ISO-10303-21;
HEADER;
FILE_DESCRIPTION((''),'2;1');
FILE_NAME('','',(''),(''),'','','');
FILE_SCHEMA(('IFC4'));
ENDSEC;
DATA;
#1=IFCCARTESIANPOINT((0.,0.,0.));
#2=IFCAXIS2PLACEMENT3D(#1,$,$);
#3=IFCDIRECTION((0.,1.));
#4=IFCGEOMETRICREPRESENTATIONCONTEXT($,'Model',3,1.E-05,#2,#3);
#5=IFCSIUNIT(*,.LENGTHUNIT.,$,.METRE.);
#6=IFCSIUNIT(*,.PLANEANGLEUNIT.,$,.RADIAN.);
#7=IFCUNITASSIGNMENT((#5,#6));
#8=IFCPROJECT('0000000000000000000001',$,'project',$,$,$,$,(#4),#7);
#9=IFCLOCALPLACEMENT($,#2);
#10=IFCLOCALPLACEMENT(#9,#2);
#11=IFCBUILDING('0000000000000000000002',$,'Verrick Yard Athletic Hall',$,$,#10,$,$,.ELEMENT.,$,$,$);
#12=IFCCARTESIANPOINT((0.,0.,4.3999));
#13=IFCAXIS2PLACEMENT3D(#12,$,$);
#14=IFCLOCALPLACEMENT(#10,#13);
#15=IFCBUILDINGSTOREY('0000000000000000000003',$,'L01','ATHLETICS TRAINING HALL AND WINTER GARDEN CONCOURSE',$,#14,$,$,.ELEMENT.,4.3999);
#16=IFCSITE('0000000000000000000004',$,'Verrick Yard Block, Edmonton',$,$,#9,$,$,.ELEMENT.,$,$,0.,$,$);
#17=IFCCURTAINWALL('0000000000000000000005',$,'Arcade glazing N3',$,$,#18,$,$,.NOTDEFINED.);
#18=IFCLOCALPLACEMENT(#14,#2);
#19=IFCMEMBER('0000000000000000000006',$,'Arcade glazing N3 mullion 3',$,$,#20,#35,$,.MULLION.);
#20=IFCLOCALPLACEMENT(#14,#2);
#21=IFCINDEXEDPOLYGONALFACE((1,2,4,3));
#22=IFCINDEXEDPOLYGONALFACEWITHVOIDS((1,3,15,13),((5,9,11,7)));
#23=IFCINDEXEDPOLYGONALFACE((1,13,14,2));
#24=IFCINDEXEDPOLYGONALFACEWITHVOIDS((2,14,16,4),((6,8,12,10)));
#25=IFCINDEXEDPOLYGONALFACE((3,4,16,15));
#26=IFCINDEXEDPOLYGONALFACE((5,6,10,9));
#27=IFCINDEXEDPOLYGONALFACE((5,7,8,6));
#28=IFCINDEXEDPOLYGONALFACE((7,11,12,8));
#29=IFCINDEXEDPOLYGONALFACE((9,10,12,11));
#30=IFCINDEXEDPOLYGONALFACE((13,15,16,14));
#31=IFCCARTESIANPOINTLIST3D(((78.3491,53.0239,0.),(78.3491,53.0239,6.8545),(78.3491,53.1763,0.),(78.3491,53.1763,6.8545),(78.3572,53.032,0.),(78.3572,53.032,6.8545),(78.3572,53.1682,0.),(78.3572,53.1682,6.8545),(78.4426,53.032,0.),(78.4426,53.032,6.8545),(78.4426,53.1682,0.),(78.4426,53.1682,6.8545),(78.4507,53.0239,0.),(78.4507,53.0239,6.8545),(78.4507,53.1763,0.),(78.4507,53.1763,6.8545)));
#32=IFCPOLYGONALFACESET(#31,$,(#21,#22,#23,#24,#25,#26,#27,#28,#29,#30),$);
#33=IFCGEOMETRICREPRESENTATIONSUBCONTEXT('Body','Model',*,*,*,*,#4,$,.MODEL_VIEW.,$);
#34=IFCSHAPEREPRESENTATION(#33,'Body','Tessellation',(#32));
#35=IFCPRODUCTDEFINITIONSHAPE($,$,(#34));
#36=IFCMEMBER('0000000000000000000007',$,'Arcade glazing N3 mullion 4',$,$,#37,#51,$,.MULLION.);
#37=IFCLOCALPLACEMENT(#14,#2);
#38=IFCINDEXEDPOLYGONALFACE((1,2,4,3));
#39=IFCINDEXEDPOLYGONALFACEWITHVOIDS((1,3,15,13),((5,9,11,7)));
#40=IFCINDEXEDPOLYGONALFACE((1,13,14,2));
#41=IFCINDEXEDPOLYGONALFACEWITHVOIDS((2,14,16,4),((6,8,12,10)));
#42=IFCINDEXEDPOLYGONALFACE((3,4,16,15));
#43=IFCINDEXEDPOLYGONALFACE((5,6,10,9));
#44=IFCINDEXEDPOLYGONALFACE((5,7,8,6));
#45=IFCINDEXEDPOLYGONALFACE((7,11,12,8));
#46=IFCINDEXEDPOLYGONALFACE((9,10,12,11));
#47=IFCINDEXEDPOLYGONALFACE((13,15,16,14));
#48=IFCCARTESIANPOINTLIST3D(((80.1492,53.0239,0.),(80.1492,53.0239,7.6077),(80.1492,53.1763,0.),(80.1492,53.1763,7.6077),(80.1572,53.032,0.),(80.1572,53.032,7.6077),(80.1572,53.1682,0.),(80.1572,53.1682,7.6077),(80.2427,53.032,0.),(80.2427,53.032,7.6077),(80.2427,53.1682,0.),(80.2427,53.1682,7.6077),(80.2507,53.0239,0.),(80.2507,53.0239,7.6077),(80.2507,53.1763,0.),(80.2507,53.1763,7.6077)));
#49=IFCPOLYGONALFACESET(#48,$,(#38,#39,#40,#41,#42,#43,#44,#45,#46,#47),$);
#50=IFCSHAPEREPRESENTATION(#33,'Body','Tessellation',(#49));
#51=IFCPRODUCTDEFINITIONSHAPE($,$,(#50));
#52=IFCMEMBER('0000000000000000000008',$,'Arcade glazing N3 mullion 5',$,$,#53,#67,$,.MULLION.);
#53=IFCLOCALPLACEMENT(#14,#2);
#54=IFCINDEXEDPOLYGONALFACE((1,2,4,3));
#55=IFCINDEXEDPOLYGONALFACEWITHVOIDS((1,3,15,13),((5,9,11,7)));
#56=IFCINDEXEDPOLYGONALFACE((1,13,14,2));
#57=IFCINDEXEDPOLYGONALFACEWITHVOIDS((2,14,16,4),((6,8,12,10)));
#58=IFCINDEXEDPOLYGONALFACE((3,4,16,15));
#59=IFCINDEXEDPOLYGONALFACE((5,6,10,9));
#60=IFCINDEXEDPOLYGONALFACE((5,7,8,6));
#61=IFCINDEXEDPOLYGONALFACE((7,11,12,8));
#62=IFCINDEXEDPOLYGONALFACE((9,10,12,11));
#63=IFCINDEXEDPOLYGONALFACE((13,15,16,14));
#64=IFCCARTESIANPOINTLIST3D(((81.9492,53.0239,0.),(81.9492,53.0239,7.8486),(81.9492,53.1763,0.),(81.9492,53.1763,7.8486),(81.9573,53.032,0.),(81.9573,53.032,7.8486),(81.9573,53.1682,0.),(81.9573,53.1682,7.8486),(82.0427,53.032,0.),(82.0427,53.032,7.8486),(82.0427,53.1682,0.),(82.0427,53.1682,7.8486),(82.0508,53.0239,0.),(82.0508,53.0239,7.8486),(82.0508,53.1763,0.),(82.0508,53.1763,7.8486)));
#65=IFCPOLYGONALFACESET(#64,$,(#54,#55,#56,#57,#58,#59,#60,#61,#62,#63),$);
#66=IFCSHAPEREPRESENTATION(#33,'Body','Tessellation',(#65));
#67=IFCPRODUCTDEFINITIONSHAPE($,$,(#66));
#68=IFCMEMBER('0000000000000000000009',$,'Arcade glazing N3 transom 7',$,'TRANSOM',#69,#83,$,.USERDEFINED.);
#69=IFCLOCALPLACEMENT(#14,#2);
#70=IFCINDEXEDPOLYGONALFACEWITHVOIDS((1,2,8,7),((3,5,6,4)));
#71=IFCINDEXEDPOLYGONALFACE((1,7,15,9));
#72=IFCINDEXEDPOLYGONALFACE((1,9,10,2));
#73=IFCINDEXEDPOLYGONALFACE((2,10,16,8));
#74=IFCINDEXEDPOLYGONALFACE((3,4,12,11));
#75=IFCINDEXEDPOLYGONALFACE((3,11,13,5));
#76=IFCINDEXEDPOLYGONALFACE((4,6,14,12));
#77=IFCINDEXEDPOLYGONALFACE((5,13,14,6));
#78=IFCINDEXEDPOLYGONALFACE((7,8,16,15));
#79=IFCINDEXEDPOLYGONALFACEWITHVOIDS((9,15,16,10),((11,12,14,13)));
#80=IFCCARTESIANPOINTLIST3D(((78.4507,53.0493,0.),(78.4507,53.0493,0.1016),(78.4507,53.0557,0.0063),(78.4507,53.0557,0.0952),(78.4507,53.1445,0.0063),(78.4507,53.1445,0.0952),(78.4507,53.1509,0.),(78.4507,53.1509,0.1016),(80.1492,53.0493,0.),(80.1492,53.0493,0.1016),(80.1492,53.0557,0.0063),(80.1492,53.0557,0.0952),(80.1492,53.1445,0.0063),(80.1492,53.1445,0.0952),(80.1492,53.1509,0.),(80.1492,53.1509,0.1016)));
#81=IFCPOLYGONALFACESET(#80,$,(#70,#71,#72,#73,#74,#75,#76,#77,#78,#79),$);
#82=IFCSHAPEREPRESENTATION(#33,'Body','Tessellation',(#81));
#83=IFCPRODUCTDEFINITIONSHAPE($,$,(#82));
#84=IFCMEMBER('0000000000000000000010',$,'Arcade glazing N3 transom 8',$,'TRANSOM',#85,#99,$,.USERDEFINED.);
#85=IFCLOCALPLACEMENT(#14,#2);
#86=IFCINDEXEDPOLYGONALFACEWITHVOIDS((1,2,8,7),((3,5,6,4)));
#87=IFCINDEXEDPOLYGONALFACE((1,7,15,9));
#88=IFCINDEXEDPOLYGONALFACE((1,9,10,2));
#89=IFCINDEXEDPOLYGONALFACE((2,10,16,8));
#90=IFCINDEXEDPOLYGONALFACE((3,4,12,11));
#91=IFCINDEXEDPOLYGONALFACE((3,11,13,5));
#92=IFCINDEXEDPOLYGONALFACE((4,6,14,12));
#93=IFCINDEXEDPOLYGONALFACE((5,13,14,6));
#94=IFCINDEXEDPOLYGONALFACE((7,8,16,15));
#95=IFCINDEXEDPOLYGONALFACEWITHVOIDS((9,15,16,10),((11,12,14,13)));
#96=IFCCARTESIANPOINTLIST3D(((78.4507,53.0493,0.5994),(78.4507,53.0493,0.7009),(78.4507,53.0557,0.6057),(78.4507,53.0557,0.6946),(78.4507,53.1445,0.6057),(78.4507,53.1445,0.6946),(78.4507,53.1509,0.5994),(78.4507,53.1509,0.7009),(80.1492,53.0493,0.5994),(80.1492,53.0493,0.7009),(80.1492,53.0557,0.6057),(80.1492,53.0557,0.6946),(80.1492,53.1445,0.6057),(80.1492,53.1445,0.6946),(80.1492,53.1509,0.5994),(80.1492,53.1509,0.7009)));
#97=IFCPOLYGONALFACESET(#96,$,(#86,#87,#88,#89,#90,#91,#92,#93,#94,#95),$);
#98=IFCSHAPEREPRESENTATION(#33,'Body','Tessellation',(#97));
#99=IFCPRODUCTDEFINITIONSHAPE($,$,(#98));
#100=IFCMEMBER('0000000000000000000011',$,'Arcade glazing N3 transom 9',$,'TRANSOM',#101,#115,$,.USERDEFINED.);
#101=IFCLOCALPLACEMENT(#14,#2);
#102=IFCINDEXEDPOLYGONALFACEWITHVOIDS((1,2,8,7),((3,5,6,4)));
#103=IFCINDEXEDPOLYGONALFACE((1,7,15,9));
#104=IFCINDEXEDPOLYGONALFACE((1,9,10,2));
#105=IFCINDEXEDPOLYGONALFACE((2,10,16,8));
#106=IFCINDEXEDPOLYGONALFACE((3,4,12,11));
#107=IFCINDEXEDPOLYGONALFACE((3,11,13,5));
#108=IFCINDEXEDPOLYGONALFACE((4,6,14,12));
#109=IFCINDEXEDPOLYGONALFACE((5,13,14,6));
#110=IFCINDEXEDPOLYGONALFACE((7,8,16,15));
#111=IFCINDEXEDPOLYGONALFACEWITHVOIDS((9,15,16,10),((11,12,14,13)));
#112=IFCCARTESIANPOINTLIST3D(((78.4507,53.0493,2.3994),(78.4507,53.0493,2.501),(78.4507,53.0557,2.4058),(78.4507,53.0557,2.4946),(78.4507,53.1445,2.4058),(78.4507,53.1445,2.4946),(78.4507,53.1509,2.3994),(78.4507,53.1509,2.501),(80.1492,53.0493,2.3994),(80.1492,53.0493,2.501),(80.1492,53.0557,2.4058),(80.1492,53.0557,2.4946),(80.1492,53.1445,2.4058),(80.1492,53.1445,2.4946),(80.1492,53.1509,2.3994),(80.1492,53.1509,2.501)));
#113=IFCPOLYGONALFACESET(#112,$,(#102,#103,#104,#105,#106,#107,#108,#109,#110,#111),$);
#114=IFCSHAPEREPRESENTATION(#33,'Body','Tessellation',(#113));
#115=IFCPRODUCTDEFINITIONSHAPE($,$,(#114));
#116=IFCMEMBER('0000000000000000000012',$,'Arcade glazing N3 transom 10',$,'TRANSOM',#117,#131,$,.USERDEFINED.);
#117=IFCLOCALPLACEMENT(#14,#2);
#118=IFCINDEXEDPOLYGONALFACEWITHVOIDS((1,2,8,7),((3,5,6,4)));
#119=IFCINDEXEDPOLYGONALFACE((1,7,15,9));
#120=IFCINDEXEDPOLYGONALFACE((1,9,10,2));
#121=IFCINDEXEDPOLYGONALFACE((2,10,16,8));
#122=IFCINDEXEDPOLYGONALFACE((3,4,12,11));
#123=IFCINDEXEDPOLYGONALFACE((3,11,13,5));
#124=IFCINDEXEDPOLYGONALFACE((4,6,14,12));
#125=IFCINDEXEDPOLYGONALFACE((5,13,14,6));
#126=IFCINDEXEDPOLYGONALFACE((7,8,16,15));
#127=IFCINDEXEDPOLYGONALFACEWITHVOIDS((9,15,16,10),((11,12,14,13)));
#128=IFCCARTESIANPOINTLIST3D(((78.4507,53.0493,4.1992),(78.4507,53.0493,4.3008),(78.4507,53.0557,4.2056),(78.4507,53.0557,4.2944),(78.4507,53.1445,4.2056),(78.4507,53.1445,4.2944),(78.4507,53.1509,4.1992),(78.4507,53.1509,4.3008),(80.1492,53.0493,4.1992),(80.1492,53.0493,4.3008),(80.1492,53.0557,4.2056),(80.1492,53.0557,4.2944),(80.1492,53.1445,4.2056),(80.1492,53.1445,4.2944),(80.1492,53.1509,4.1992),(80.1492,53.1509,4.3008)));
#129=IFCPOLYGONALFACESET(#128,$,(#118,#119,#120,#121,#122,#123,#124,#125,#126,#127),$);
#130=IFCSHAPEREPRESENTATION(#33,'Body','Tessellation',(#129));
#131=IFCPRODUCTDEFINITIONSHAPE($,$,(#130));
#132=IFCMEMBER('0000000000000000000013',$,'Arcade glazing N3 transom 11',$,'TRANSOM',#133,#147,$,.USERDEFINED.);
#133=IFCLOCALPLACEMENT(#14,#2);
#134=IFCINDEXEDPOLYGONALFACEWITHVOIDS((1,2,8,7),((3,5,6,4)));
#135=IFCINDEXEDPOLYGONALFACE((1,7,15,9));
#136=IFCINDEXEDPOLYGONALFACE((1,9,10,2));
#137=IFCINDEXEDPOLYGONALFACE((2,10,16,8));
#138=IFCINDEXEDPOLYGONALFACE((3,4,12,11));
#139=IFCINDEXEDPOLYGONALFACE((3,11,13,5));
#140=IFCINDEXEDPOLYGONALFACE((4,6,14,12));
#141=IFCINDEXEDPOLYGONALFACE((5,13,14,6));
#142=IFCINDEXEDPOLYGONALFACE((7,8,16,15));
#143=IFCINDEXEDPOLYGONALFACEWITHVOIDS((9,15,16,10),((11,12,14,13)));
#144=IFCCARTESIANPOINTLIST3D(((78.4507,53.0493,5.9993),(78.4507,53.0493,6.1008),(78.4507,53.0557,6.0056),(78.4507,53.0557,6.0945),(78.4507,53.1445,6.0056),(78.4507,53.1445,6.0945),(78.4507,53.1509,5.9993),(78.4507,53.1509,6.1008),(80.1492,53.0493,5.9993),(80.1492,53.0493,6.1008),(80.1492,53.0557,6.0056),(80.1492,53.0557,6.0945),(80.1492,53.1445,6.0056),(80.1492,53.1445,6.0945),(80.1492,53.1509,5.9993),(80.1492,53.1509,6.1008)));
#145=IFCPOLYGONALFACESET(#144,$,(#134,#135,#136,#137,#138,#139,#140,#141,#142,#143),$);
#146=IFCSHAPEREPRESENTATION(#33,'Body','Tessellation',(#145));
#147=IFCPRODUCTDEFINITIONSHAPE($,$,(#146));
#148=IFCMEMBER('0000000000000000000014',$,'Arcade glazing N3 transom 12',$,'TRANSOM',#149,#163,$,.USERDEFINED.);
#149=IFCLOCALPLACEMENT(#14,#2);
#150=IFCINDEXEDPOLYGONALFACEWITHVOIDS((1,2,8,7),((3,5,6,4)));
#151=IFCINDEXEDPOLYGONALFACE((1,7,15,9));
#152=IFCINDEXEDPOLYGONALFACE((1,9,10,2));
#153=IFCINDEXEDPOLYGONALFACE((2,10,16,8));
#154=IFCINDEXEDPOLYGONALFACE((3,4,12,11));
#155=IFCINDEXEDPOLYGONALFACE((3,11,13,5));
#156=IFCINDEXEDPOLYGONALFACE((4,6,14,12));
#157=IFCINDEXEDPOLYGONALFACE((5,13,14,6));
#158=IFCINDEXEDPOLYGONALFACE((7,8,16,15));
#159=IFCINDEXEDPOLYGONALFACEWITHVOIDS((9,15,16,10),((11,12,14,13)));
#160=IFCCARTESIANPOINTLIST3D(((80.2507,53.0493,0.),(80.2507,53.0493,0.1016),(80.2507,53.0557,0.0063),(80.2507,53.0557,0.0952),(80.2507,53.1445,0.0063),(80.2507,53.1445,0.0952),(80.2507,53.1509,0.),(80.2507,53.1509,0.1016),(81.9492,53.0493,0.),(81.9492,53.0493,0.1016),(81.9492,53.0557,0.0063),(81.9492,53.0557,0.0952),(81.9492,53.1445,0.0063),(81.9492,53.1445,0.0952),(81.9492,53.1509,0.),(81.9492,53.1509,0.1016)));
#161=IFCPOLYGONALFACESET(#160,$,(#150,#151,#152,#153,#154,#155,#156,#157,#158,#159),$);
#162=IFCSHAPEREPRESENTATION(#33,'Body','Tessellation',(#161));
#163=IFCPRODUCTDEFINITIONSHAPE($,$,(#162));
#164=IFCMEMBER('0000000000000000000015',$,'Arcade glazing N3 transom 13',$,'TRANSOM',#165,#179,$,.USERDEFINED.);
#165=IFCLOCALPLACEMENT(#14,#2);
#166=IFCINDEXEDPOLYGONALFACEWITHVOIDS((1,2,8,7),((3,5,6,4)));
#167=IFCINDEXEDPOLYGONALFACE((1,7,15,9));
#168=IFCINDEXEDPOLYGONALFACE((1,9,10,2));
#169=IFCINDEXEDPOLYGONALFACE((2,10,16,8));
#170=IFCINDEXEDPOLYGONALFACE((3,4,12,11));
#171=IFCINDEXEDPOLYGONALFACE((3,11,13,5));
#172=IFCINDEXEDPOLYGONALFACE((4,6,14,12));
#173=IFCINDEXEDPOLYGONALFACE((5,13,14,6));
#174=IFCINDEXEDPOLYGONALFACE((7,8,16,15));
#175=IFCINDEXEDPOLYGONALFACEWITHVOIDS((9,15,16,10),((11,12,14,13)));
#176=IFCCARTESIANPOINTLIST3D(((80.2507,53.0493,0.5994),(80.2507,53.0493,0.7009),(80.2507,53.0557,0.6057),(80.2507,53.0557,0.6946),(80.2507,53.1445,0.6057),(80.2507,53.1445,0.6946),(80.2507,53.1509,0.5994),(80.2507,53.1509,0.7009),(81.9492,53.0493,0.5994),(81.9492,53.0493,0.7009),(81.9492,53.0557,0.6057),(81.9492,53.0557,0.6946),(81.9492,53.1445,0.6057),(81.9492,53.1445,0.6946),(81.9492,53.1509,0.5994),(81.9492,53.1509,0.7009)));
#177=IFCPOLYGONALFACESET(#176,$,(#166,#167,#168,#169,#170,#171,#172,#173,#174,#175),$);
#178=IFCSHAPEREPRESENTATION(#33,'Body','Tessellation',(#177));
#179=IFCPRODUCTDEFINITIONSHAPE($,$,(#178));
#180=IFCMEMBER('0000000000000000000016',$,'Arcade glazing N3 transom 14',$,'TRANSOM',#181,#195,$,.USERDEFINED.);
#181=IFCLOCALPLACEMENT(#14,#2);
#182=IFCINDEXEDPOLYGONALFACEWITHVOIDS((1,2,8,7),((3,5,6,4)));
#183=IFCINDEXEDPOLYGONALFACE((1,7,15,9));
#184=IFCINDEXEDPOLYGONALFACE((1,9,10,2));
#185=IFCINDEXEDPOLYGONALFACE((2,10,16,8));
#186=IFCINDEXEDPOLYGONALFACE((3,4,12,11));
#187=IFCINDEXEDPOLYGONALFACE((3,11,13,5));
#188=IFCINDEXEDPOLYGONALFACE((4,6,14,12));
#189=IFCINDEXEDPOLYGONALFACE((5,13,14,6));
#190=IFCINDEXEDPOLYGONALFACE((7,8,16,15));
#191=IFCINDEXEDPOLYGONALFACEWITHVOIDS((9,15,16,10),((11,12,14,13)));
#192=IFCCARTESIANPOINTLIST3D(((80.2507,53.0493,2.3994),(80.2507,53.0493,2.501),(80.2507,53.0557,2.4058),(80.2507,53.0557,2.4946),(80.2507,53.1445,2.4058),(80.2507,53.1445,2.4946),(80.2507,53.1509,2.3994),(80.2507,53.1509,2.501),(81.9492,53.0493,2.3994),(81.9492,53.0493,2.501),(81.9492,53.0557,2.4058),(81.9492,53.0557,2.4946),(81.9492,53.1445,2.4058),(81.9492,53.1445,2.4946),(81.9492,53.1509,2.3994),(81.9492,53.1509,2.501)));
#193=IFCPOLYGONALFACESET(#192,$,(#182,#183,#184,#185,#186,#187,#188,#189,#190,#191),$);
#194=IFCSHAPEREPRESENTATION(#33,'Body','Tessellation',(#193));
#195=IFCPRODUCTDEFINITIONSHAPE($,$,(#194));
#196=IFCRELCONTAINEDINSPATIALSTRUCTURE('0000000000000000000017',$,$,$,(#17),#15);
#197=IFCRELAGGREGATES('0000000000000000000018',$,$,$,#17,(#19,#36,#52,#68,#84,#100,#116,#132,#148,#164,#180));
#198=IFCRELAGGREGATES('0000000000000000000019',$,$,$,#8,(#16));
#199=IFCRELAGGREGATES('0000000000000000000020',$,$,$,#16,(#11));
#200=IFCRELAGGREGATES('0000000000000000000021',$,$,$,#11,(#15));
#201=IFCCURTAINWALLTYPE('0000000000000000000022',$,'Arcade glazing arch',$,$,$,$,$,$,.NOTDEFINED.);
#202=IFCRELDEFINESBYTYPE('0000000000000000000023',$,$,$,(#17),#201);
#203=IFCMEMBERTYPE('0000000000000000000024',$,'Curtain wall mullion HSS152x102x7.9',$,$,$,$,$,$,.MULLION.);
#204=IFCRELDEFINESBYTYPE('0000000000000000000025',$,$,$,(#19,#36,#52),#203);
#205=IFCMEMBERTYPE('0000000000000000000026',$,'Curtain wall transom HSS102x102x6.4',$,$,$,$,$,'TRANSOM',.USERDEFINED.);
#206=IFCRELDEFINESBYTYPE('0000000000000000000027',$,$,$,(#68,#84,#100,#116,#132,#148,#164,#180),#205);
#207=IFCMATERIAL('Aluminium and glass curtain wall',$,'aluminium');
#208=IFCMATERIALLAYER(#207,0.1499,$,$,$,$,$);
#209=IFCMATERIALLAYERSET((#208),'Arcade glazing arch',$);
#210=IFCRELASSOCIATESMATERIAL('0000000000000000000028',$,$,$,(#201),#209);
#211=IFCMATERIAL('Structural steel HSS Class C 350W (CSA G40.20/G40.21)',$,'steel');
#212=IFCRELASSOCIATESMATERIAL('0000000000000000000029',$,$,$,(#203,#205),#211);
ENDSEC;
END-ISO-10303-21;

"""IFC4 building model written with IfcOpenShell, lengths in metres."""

from ifc_helpers import new_model, si_unit, direction, frame, origin, origin_2d, place, context, subcontext, project, spatial, hollow_rectangle, extrude, material, layer, layer_set, material_profile, profile_set, type_object, element, aggregate, save


model = new_model("IFC4")

# Units and contexts
model_context = context("Model", 3, precision=1e-05, world=origin(), true_north=direction((0.0, 1.0)))
body_context = subcontext(model_context, "Body", "Model", "MODEL_VIEW")
ifc_project = project(units=[si_unit("LENGTHUNIT", "METRE"), si_unit("PLANEANGLEUNIT", "RADIAN")], contexts=[model_context])

# Site, building, storey
site_placement = place(None, origin())
site = spatial("IfcSite", under=ifc_project, at=site_placement, Name="Verrick Yard Block, Edmonton", CompositionType="ELEMENT", RefElevation=0.0)
building_placement = place(site_placement, origin())
building = spatial("IfcBuilding", under=site, at=building_placement, Name="Verrick Yard Athletic Hall", CompositionType="ELEMENT")
storey_placement = place(building_placement, frame((0.0, 0.0, 4.3999)))
storey = spatial("IfcBuildingStorey", under=building, at=storey_placement, Name="L01", Description="ATHLETICS TRAINING HALL AND WINTER GARDEN CONCOURSE", CompositionType="ELEMENT", Elevation=4.3999)

# Curtain wall, members
ifc_material_1 = material(Name="Aluminium and glass curtain wall", Category="aluminium")
ifc_layer_1 = layer(ifc_material_1, 0.1499)
ifc_layer_set_1 = layer_set([ifc_layer_1], Name="Arcade glazing arch")
curtain_wall_type = type_object("IfcCurtainWallType", Name="Arcade glazing arch", PredefinedType="NOTDEFINED", material=ifc_layer_set_1)
curtain_wall_placement = place(storey_placement, origin())
curtain_wall = element("IfcCurtainWall", 1, at=curtain_wall_placement, inside=storey, type_object=curtain_wall_type, Name="Arcade glazing N3", PredefinedType="NOTDEFINED")
ifc_material_2 = material(Name="Structural steel HSS Class C 350W (CSA G40.20/G40.21)", Category="steel")
ifc_material_profile_1 = material_profile(ifc_material_2, hollow_rectangle(XDim=0.1016, YDim=0.1523, WallThickness=0.0081, at=origin_2d()), Name="HSS152x102x7.9")
ifc_profile_set_1 = profile_set([ifc_material_profile_1], Name="Structural steel HSS Class C 350W (CSA G40.20/G40.21)")
member_type_1 = type_object("IfcMemberType", Name="Curtain wall mullion HSS152x102x7.9", PredefinedType="MULLION", material=ifc_profile_set_1)
member_1_placement = place(storey_placement, frame((78.3999, 53.1001, 0.0), z_axis=(0.0, 0.0, 1.0), x_axis=(1.0, 0.0, 0.0)))
member_1 = element("IfcMember", 2, at=member_1_placement, type_object=member_type_1, Name="Arcade glazing N3 mullion 3", PredefinedType="MULLION", context=body_context, shape_type="SweptSolid", body=[
    extrude(hollow_rectangle(XDim=0.1016, YDim=0.1523, WallThickness=0.0081, at=origin_2d()), origin(), (0.0, 0.0, 1.0), 6.8545),
])
member_2_placement = place(storey_placement, frame((80.2, 53.1001, 0.0), z_axis=(0.0, 0.0, 1.0), x_axis=(1.0, 0.0, 0.0)))
member_2 = element("IfcMember", 3, at=member_2_placement, type_object=member_type_1, Name="Arcade glazing N3 mullion 4", PredefinedType="MULLION", context=body_context, shape_type="SweptSolid", body=[
    extrude(hollow_rectangle(XDim=0.1016, YDim=0.1523, WallThickness=0.0081, at=origin_2d()), origin(), (0.0, 0.0, 1.0), 7.6077),
])
member_3_placement = place(storey_placement, frame((82.0, 53.1001, 0.0), z_axis=(0.0, 0.0, 1.0), x_axis=(1.0, 0.0, 0.0)))
member_3 = element("IfcMember", 4, at=member_3_placement, type_object=member_type_1, Name="Arcade glazing N3 mullion 5", PredefinedType="MULLION", context=body_context, shape_type="SweptSolid", body=[
    extrude(hollow_rectangle(XDim=0.1016, YDim=0.1523, WallThickness=0.0081, at=origin_2d()), origin(), (0.0, 0.0, 1.0), 7.8486),
])
ifc_material_profile_2 = material_profile(ifc_material_2, hollow_rectangle(XDim=0.1016, YDim=0.1016, WallThickness=0.0063, at=origin_2d()), Name="HSS102x102x6.4")
ifc_profile_set_2 = profile_set([ifc_material_profile_2], Name="Structural steel HSS Class C 350W (CSA G40.20/G40.21)")
member_type_2 = type_object("IfcMemberType", Name="Curtain wall transom HSS102x102x6.4", ElementType="TRANSOM", PredefinedType="USERDEFINED", material=ifc_profile_set_2)
member_4_placement = place(storey_placement, frame((78.4507, 53.1001, 0.0508), z_axis=(1.0, 0.0, 0.0), x_axis=(0.0, 1.0, 0.0)))
member_4 = element("IfcMember", 5, at=member_4_placement, type_object=member_type_2, Name="Arcade glazing N3 transom 7", ObjectType="TRANSOM", PredefinedType="USERDEFINED", context=body_context, shape_type="SweptSolid", body=[
    extrude(hollow_rectangle(XDim=0.1016, YDim=0.1016, WallThickness=0.0063, at=origin_2d()), origin(), (0.0, 0.0, 1.0), 1.6985),
])
member_5_placement = place(storey_placement, frame((78.4507, 53.1001, 0.6501), z_axis=(1.0, 0.0, 0.0), x_axis=(0.0, 1.0, 0.0)))
member_5 = element("IfcMember", 6, at=member_5_placement, type_object=member_type_2, Name="Arcade glazing N3 transom 8", ObjectType="TRANSOM", PredefinedType="USERDEFINED", context=body_context, shape_type="SweptSolid", body=[
    extrude(hollow_rectangle(XDim=0.1016, YDim=0.1016, WallThickness=0.0063, at=origin_2d()), origin(), (0.0, 0.0, 1.0), 1.6985),
])
member_6_placement = place(storey_placement, frame((78.4507, 53.1001, 2.4502), z_axis=(1.0, 0.0, 0.0), x_axis=(0.0, 1.0, 0.0)))
member_6 = element("IfcMember", 7, at=member_6_placement, type_object=member_type_2, Name="Arcade glazing N3 transom 9", ObjectType="TRANSOM", PredefinedType="USERDEFINED", context=body_context, shape_type="SweptSolid", body=[
    extrude(hollow_rectangle(XDim=0.1016, YDim=0.1016, WallThickness=0.0063, at=origin_2d()), origin(), (0.0, 0.0, 1.0), 1.6985),
])
member_7_placement = place(storey_placement, frame((78.4507, 53.1001, 4.25), z_axis=(1.0, 0.0, 0.0), x_axis=(0.0, 1.0, 0.0)))
member_7 = element("IfcMember", 8, at=member_7_placement, type_object=member_type_2, Name="Arcade glazing N3 transom 10", ObjectType="TRANSOM", PredefinedType="USERDEFINED", context=body_context, shape_type="SweptSolid", body=[
    extrude(hollow_rectangle(XDim=0.1016, YDim=0.1016, WallThickness=0.0063, at=origin_2d()), origin(), (0.0, 0.0, 1.0), 1.6985),
])
member_8_placement = place(storey_placement, frame((78.4507, 53.1001, 6.05), z_axis=(1.0, 0.0, 0.0), x_axis=(0.0, 1.0, 0.0)))
member_8 = element("IfcMember", 9, at=member_8_placement, type_object=member_type_2, Name="Arcade glazing N3 transom 11", ObjectType="TRANSOM", PredefinedType="USERDEFINED", context=body_context, shape_type="SweptSolid", body=[
    extrude(hollow_rectangle(XDim=0.1016, YDim=0.1016, WallThickness=0.0063, at=origin_2d()), origin(), (0.0, 0.0, 1.0), 1.6985),
])
member_9_placement = place(storey_placement, frame((80.2507, 53.1001, 0.0508), z_axis=(1.0, 0.0, 0.0), x_axis=(0.0, 1.0, 0.0)))
member_9 = element("IfcMember", 10, at=member_9_placement, type_object=member_type_2, Name="Arcade glazing N3 transom 12", ObjectType="TRANSOM", PredefinedType="USERDEFINED", context=body_context, shape_type="SweptSolid", body=[
    extrude(hollow_rectangle(XDim=0.1016, YDim=0.1016, WallThickness=0.0063, at=origin_2d()), origin(), (0.0, 0.0, 1.0), 1.6985),
])
member_10_placement = place(storey_placement, frame((80.2507, 53.1001, 0.6501), z_axis=(1.0, 0.0, 0.0), x_axis=(0.0, 1.0, 0.0)))
member_10 = element("IfcMember", 11, at=member_10_placement, type_object=member_type_2, Name="Arcade glazing N3 transom 13", ObjectType="TRANSOM", PredefinedType="USERDEFINED", context=body_context, shape_type="SweptSolid", body=[
    extrude(hollow_rectangle(XDim=0.1016, YDim=0.1016, WallThickness=0.0063, at=origin_2d()), origin(), (0.0, 0.0, 1.0), 1.6985),
])
member_11_placement = place(storey_placement, frame((80.2507, 53.1001, 2.4502), z_axis=(1.0, 0.0, 0.0), x_axis=(0.0, 1.0, 0.0)))
member_11 = element("IfcMember", 12, at=member_11_placement, type_object=member_type_2, Name="Arcade glazing N3 transom 14", ObjectType="TRANSOM", PredefinedType="USERDEFINED", context=body_context, shape_type="SweptSolid", body=[
    extrude(hollow_rectangle(XDim=0.1016, YDim=0.1016, WallThickness=0.0063, at=origin_2d()), origin(), (0.0, 0.0, 1.0), 1.6985),
])
aggregate(curtain_wall, [member_1, member_2, member_3, member_4, member_5, member_6, member_7, member_8, member_9, member_10, member_11])

save(model, "model.ifc")
